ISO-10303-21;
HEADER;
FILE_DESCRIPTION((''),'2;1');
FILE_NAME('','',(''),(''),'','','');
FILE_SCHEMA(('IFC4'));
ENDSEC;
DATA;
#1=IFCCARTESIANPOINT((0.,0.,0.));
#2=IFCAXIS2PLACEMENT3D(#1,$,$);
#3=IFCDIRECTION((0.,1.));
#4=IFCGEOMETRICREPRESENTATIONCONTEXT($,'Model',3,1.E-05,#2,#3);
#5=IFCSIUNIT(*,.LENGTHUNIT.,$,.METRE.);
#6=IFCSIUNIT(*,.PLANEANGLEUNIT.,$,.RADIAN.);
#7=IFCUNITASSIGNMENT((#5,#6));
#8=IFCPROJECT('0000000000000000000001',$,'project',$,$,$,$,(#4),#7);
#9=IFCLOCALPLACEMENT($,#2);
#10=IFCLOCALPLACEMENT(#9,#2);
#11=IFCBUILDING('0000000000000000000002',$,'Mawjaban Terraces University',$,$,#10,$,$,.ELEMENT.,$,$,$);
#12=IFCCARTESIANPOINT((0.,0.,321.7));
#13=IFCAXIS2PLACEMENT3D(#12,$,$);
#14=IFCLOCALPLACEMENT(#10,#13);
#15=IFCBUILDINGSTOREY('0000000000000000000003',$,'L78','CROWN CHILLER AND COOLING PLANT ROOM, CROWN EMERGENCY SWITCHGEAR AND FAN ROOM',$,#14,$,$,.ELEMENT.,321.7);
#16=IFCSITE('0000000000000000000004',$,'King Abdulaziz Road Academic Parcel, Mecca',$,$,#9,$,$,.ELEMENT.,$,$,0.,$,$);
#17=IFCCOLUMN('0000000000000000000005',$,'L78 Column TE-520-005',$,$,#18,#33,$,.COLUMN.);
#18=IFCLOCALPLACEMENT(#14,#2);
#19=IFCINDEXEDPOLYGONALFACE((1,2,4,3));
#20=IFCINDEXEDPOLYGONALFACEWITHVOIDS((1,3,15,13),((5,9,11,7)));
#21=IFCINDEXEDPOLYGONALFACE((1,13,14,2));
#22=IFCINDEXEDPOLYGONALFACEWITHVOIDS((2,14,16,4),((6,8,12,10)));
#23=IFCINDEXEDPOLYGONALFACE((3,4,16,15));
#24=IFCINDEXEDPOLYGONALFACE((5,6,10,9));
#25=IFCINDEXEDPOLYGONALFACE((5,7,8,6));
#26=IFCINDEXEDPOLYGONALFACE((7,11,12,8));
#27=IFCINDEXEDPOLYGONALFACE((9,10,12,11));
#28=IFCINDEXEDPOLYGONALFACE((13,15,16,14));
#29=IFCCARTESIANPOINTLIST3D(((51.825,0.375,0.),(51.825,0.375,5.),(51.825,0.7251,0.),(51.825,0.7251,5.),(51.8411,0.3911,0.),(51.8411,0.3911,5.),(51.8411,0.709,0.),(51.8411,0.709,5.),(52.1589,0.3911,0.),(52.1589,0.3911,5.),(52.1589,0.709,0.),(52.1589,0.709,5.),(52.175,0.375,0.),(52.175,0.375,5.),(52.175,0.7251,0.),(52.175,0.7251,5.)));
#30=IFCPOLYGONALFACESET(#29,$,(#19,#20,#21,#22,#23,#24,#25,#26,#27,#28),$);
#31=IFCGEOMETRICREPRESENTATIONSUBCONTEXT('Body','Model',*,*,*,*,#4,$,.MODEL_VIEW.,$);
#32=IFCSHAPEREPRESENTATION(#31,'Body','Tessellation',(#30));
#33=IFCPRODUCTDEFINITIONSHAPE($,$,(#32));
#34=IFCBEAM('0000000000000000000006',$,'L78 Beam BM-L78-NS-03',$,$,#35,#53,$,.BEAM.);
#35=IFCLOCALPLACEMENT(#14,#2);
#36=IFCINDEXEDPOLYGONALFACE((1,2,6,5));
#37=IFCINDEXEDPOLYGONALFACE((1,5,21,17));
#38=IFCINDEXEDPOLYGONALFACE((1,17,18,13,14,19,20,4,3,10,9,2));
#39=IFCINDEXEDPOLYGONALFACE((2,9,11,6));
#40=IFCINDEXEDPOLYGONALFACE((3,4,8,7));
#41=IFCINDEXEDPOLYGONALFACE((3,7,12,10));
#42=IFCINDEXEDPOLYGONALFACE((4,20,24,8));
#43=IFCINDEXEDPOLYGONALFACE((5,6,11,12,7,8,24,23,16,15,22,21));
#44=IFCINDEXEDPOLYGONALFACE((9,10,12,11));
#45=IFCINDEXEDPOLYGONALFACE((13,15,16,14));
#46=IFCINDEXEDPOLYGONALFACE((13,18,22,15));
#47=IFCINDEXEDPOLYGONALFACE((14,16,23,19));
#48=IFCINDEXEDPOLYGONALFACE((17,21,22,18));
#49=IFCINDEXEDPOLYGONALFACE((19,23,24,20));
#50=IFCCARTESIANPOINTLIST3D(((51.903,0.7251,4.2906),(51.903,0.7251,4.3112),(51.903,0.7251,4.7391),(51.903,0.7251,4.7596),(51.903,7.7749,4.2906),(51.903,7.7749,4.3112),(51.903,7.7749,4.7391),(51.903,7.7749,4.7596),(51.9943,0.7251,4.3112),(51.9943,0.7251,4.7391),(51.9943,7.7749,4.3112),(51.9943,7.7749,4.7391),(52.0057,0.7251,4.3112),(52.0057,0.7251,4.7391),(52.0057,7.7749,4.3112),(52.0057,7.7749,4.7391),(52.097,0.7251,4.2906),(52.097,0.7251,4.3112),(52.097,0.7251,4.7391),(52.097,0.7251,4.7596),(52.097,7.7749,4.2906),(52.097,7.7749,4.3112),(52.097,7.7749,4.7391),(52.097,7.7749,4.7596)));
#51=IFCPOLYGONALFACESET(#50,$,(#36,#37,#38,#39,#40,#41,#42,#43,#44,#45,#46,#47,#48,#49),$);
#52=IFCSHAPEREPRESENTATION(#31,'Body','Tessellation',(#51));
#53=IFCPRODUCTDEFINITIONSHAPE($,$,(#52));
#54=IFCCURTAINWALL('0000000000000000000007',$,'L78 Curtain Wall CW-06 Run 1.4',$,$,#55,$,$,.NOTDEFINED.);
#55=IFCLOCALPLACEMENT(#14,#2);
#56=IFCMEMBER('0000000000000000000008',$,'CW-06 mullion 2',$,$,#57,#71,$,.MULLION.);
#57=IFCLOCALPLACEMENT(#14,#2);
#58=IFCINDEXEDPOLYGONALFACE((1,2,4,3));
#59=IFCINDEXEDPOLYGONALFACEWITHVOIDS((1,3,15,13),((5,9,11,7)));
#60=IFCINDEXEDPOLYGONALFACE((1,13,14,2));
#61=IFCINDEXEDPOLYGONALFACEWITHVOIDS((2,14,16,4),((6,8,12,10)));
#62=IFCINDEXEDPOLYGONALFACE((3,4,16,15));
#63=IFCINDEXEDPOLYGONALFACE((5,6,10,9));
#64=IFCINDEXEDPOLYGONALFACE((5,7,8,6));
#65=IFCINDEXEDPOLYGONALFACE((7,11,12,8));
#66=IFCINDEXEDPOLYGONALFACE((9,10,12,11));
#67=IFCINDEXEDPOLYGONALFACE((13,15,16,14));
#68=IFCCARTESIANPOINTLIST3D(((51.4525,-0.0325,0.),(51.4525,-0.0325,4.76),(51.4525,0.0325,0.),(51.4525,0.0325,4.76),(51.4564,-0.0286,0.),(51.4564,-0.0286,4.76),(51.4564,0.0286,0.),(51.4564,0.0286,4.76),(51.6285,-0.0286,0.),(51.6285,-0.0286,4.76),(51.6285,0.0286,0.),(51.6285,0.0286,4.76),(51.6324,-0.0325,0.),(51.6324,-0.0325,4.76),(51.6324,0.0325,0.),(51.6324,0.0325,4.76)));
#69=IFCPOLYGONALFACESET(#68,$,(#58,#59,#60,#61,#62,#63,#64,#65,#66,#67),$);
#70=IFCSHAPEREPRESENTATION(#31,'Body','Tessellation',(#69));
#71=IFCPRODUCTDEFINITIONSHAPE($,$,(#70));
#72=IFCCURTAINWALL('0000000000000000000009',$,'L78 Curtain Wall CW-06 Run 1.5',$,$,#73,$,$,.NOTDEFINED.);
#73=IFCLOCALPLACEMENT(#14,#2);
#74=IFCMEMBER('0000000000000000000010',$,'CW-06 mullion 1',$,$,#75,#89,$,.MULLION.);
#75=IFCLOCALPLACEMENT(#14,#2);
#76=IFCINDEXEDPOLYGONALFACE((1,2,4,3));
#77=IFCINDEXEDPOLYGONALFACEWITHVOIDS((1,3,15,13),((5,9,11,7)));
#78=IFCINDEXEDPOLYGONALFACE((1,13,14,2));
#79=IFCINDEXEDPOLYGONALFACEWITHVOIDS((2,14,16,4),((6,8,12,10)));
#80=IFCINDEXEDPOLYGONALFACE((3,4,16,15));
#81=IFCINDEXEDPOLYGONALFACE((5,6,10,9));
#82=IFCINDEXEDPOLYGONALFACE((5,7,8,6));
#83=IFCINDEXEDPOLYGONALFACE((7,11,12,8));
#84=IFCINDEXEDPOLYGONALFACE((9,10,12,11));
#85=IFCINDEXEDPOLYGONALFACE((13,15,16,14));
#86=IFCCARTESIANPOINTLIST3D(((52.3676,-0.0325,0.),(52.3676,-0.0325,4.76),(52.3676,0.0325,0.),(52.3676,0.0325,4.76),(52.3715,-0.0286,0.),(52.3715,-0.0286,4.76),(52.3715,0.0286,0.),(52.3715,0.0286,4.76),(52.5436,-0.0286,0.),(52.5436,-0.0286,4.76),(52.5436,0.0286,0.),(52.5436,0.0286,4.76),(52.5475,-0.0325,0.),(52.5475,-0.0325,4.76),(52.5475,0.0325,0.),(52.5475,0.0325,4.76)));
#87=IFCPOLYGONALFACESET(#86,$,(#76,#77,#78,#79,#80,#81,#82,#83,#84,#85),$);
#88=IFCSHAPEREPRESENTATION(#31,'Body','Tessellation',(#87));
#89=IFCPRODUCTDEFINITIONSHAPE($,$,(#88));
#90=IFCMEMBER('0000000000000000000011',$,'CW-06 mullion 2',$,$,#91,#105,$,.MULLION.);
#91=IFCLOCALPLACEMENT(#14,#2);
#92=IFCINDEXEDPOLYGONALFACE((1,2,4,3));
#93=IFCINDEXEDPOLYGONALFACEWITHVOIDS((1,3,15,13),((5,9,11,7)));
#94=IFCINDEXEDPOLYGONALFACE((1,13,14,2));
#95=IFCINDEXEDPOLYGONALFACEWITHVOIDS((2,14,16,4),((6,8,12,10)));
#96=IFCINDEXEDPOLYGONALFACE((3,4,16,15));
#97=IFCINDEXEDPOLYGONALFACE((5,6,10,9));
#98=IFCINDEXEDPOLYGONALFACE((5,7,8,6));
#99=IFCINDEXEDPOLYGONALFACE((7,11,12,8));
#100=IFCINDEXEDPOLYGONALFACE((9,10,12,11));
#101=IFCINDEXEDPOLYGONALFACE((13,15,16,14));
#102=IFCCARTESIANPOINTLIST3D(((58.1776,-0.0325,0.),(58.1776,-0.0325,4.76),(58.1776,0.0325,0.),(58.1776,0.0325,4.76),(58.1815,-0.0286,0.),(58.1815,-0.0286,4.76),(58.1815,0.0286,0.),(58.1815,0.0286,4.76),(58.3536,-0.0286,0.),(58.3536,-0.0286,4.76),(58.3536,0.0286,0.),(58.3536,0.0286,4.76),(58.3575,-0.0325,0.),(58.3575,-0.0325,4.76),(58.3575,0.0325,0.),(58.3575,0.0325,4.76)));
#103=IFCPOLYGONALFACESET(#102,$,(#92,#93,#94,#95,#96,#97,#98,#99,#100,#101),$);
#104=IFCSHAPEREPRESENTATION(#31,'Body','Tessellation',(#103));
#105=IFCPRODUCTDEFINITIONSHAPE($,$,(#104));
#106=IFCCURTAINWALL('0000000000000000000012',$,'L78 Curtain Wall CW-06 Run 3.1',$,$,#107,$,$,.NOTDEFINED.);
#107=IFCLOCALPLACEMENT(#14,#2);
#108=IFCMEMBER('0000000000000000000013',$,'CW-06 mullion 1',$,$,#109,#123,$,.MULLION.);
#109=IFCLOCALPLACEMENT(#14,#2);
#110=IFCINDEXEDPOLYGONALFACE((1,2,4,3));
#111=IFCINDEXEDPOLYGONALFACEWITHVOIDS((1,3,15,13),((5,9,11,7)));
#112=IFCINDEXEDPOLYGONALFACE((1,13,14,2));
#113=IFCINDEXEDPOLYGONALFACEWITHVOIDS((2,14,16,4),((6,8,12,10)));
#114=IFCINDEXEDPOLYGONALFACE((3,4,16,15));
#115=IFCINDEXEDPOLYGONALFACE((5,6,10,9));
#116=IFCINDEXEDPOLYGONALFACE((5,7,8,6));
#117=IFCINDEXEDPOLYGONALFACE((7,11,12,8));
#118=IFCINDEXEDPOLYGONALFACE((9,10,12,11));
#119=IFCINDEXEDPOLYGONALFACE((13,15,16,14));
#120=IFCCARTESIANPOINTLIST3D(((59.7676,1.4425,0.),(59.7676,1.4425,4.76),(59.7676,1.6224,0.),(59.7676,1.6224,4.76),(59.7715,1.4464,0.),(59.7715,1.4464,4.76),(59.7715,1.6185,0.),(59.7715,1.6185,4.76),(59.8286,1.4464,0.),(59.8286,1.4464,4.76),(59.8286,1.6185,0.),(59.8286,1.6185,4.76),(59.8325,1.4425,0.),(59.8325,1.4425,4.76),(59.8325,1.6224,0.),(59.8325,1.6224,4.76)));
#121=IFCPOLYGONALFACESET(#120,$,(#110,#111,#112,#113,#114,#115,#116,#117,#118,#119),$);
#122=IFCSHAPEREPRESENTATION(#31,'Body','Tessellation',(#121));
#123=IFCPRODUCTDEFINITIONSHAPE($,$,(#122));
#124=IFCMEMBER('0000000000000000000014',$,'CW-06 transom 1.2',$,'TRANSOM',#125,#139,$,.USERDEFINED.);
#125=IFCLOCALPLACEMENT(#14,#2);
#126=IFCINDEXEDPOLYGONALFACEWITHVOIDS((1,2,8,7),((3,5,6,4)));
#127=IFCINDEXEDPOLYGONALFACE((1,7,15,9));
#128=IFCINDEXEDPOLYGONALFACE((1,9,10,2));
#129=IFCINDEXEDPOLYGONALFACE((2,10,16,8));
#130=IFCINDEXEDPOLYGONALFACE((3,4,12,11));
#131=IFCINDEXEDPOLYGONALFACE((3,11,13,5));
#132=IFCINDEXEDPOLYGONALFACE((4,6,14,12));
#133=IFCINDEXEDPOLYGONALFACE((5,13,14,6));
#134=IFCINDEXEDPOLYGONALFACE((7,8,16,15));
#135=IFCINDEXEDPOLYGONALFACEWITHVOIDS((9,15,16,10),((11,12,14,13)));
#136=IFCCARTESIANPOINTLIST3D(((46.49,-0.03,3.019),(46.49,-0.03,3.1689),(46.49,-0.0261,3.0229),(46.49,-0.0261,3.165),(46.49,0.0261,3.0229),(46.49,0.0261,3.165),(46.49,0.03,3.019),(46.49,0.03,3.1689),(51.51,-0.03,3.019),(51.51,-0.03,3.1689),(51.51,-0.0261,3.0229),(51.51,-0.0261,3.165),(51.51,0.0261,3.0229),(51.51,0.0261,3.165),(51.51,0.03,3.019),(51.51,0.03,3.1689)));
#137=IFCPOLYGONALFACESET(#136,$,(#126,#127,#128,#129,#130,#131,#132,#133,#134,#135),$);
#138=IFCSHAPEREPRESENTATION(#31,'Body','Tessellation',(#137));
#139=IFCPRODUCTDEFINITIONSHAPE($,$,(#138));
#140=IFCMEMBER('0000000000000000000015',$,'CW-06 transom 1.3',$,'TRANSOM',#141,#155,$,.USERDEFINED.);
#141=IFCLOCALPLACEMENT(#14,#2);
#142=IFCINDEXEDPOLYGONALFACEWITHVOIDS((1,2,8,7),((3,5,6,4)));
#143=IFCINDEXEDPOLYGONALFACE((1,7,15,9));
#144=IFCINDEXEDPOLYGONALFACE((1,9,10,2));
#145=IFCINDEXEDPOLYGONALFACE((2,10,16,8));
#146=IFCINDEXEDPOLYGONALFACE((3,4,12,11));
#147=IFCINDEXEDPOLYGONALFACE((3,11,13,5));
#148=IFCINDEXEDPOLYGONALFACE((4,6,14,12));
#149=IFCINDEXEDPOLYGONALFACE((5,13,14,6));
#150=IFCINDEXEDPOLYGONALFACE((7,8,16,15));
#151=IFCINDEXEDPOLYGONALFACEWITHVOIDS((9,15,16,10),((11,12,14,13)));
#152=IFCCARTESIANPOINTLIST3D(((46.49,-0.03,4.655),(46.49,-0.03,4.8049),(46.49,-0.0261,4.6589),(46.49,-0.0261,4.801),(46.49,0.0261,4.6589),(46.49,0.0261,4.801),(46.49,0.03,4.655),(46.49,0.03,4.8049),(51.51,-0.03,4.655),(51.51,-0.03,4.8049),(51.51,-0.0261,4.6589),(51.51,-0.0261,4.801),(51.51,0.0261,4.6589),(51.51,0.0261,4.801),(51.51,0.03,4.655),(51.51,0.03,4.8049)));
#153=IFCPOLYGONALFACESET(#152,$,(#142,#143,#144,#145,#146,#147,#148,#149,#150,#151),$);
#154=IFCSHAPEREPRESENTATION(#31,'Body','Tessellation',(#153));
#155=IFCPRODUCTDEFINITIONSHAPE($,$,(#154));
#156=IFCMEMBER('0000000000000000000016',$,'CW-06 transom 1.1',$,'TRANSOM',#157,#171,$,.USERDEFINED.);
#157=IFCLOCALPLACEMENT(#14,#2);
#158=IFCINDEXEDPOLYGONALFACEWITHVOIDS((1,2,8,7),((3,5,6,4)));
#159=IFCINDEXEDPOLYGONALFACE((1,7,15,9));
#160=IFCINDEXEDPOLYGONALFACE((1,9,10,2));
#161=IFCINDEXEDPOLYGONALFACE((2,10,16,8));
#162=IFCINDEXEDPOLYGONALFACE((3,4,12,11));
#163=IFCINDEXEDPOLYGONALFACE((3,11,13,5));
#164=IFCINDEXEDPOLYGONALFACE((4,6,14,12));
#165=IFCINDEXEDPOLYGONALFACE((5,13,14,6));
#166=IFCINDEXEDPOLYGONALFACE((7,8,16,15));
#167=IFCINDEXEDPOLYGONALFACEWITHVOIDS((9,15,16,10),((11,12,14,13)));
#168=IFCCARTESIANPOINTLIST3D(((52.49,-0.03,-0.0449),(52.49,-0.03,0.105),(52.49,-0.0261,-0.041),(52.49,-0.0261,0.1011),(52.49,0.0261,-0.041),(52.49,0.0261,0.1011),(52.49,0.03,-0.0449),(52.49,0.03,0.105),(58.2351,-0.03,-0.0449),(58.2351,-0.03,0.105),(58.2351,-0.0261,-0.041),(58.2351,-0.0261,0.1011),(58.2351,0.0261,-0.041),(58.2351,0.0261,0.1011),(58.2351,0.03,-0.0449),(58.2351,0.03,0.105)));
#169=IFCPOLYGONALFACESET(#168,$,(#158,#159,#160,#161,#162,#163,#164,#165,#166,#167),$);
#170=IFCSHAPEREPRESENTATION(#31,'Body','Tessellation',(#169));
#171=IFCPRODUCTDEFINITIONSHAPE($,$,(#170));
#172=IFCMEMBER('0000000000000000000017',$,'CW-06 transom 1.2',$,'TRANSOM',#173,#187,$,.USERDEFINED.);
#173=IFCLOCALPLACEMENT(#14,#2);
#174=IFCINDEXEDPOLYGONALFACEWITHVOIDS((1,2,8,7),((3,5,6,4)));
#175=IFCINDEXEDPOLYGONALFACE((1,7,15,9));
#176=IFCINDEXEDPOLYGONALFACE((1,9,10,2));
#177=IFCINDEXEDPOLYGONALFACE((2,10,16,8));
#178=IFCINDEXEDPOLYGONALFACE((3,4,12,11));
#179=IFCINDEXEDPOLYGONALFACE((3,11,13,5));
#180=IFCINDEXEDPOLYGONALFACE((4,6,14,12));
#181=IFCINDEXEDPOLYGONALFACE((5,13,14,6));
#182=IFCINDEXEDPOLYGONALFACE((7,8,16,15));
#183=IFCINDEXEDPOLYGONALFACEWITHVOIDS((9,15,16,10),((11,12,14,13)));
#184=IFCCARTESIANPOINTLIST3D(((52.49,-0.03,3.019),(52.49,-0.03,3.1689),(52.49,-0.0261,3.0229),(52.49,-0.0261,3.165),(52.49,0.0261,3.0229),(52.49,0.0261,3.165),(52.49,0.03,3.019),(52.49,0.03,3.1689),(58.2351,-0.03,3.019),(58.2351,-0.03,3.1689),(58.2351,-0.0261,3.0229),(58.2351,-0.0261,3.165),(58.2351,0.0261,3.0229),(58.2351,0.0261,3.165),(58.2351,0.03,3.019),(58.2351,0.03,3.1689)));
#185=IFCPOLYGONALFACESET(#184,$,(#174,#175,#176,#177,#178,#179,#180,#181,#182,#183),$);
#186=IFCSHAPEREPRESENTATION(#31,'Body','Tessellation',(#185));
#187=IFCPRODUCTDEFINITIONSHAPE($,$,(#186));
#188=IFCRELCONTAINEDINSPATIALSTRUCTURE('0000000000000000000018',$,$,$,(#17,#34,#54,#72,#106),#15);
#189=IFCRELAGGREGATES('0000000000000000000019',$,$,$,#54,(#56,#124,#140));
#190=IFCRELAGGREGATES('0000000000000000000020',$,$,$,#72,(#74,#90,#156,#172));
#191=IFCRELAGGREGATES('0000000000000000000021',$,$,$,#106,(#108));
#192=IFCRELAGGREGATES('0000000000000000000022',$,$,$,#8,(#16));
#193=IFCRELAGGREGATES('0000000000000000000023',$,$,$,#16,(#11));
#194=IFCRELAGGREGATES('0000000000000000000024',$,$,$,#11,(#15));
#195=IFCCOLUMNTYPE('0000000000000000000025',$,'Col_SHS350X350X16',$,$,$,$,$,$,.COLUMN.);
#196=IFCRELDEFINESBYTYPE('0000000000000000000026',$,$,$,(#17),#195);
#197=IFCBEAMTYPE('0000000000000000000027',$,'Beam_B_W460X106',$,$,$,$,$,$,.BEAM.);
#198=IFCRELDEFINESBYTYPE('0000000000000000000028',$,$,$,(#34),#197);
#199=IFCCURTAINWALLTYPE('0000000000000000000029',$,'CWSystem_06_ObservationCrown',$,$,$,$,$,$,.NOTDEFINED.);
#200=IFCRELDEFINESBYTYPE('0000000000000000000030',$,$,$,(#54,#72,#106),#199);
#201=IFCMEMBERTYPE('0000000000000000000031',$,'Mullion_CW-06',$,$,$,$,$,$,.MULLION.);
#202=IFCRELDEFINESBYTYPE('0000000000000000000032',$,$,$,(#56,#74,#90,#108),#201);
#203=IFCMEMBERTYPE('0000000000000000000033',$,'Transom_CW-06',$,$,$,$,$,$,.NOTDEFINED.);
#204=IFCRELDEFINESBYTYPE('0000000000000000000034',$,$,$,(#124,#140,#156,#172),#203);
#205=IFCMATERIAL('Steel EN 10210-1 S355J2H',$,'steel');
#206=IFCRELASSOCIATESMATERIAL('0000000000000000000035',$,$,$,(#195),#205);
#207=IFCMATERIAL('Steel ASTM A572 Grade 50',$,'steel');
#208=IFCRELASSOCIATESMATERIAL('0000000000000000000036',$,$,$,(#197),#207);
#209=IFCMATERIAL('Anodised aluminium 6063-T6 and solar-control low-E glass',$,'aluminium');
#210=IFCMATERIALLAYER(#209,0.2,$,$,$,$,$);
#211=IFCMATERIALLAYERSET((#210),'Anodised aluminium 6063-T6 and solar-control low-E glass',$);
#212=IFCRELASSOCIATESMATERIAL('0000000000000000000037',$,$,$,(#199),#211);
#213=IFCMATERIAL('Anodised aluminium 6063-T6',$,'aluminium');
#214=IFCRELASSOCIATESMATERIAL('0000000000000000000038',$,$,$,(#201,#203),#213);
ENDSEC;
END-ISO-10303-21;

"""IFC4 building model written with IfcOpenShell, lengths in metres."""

from ifc_helpers import new_model, si_unit, direction, frame, origin, origin_2d, place, context, subcontext, project, spatial, hollow_rectangle, i_section, extrude, material, layer, layer_set, material_profile, profile_set, type_object, element, aggregate, save


model = new_model("IFC4")

# Units and contexts
model_context = context("Model", 3, precision=1e-05, world=origin(), true_north=direction((0.0, 1.0)))
body_context = subcontext(model_context, "Body", "Model", "MODEL_VIEW")
ifc_project = project(units=[si_unit("LENGTHUNIT", "METRE"), si_unit("PLANEANGLEUNIT", "RADIAN")], contexts=[model_context])

# Site, building, storey
site_placement = place(None, origin())
site = spatial("IfcSite", under=ifc_project, at=site_placement, Name="King Abdulaziz Road Academic Parcel, Mecca", CompositionType="ELEMENT", RefElevation=0.0)
building_placement = place(site_placement, origin())
building = spatial("IfcBuilding", under=site, at=building_placement, Name="Mawjaban Terraces University", CompositionType="ELEMENT")
storey_placement = place(building_placement, frame((0.0, 0.0, 321.7)))
storey = spatial("IfcBuildingStorey", under=building, at=storey_placement, Name="L78", Description="CROWN CHILLER AND COOLING PLANT ROOM, CROWN EMERGENCY SWITCHGEAR AND FAN ROOM", CompositionType="ELEMENT", Elevation=321.7)

# Column
ifc_material_1 = material(Name="Steel EN 10210-1 S355J2H", Category="steel")
ifc_material_profile_1 = material_profile(ifc_material_1, hollow_rectangle(XDim=0.3501, YDim=0.3501, WallThickness=0.0161, at=origin_2d()), Name="SHS350X350X16")
ifc_profile_set_1 = profile_set([ifc_material_profile_1], Name="Steel EN 10210-1 S355J2H")
column_type = type_object("IfcColumnType", Name="Col_SHS350X350X16", PredefinedType="COLUMN", material=ifc_profile_set_1)
column_placement = place(storey_placement, frame((52.0, 0.55, 0.0), z_axis=(0.0, 0.0, 1.0), x_axis=(1.0, 0.0, 0.0)))
element("IfcColumn", 1, at=column_placement, inside=storey, type_object=column_type, Name="L78 Column TE-520-005", PredefinedType="COLUMN", context=body_context, shape_type="SweptSolid", body=[
    extrude(hollow_rectangle(XDim=0.3501, YDim=0.3501, WallThickness=0.0161, at=origin_2d()), origin(), (0.0, 0.0, 1.0), 5.0),
])

# Beam
ifc_material_2 = material(Name="Steel ASTM A572 Grade 50", Category="steel")
ifc_material_profile_2 = material_profile(ifc_material_2, i_section(OverallWidth=0.1941, OverallDepth=0.469, WebThickness=0.0115, FlangeThickness=0.0205, at=origin_2d()), Name="W460X106")
ifc_profile_set_2 = profile_set([ifc_material_profile_2], Name="Steel ASTM A572 Grade 50")
beam_type = type_object("IfcBeamType", Name="Beam_B_W460X106", PredefinedType="BEAM", material=ifc_profile_set_2)
beam_placement = place(storey_placement, frame((52.0, 0.7251, 4.5251), z_axis=(0.0, 1.0, 0.0), x_axis=(-1.0, 0.0, 0.0)))
element("IfcBeam", 2, at=beam_placement, inside=storey, type_object=beam_type, Name="L78 Beam BM-L78-NS-03", PredefinedType="BEAM", context=body_context, shape_type="SweptSolid", body=[
    extrude(i_section(OverallWidth=0.1941, OverallDepth=0.469, WebThickness=0.0115, FlangeThickness=0.0205, at=origin_2d()), origin(), (0.0, 0.0, 1.0), 7.0498),
])

# Curtain wall, member
ifc_material_3 = material(Name="Anodised aluminium 6063-T6 and solar-control low-E glass", Category="aluminium")
ifc_layer_1 = layer(ifc_material_3, 0.2)
ifc_layer_set_1 = layer_set([ifc_layer_1], Name="Anodised aluminium 6063-T6 and solar-control low-E glass")
curtain_wall_type = type_object("IfcCurtainWallType", Name="CWSystem_06_ObservationCrown", PredefinedType="NOTDEFINED", material=ifc_layer_set_1)
curtain_wall_1_placement = place(storey_placement, origin())
curtain_wall_1 = element("IfcCurtainWall", 3, at=curtain_wall_1_placement, inside=storey, type_object=curtain_wall_type, Name="L78 Curtain Wall CW-06 Run 1.4", PredefinedType="NOTDEFINED")
ifc_material_4 = material(Name="Anodised aluminium 6063-T6", Category="aluminium")
ifc_material_profile_3 = material_profile(ifc_material_4, hollow_rectangle(XDim=0.0649, YDim=0.1799, WallThickness=0.0039, at=origin_2d()), Name="ALU180X65X4")
ifc_profile_set_3 = profile_set([ifc_material_profile_3], Name="Anodised aluminium 6063-T6")
member_type_1 = type_object("IfcMemberType", Name="Mullion_CW-06", PredefinedType="MULLION", material=ifc_profile_set_3)
member_1_placement = place(storey_placement, frame((51.5425, 0.0, 0.0), z_axis=(0.0, 0.0, 1.0), x_axis=(0.0, 1.0, 0.0)))
member_1 = element("IfcMember", 4, at=member_1_placement, type_object=member_type_1, Name="CW-06 mullion 2", PredefinedType="MULLION", context=body_context, shape_type="SweptSolid", body=[
    extrude(hollow_rectangle(XDim=0.0649, YDim=0.1799, WallThickness=0.0039, at=origin_2d()), origin(), (0.0, 0.0, 1.0), 4.76),
])

# Curtain wall, members
curtain_wall_2_placement = place(storey_placement, origin())
curtain_wall_2 = element("IfcCurtainWall", 5, at=curtain_wall_2_placement, inside=storey, type_object=curtain_wall_type, Name="L78 Curtain Wall CW-06 Run 1.5", PredefinedType="NOTDEFINED")
member_2_placement = place(storey_placement, frame((52.4575, 0.0, 0.0), z_axis=(0.0, 0.0, 1.0), x_axis=(0.0, 1.0, 0.0)))
member_2 = element("IfcMember", 6, at=member_2_placement, type_object=member_type_1, Name="CW-06 mullion 1", PredefinedType="MULLION", context=body_context, shape_type="SweptSolid", body=[
    extrude(hollow_rectangle(XDim=0.0649, YDim=0.1799, WallThickness=0.0039, at=origin_2d()), origin(), (0.0, 0.0, 1.0), 4.76),
])
member_3_placement = place(storey_placement, frame((58.2676, 0.0, 0.0), z_axis=(0.0, 0.0, 1.0), x_axis=(0.0, 1.0, 0.0)))
member_3 = element("IfcMember", 7, at=member_3_placement, type_object=member_type_1, Name="CW-06 mullion 2", PredefinedType="MULLION", context=body_context, shape_type="SweptSolid", body=[
    extrude(hollow_rectangle(XDim=0.0649, YDim=0.1799, WallThickness=0.0039, at=origin_2d()), origin(), (0.0, 0.0, 1.0), 4.76),
])

# Curtain wall, member
curtain_wall_3_placement = place(storey_placement, origin())
curtain_wall_3 = element("IfcCurtainWall", 8, at=curtain_wall_3_placement, inside=storey, type_object=curtain_wall_type, Name="L78 Curtain Wall CW-06 Run 3.1", PredefinedType="NOTDEFINED")
member_4_placement = place(storey_placement, frame((59.8, 1.5325, 0.0), z_axis=(0.0, 0.0, 1.0), x_axis=(-1.0, 0.0, 0.0)))
member_4 = element("IfcMember", 9, at=member_4_placement, type_object=member_type_1, Name="CW-06 mullion 1", PredefinedType="MULLION", context=body_context, shape_type="SweptSolid", body=[
    extrude(hollow_rectangle(XDim=0.0649, YDim=0.1799, WallThickness=0.0039, at=origin_2d()), origin(), (0.0, 0.0, 1.0), 4.76),
])

# Members
ifc_material_profile_4 = material_profile(ifc_material_4, hollow_rectangle(XDim=0.0601, YDim=0.1499, WallThickness=0.0039, at=origin_2d()), Name="ALU150X60X4")
ifc_profile_set_4 = profile_set([ifc_material_profile_4], Name="Anodised aluminium 6063-T6")
member_type_2 = type_object("IfcMemberType", Name="Transom_CW-06", PredefinedType="NOTDEFINED", material=ifc_profile_set_4)
member_5_placement = place(storey_placement, frame((46.49, 0.0, 3.094), z_axis=(1.0, 0.0, 0.0), x_axis=(0.0, 1.0, 0.0)))
member_5 = element("IfcMember", 10, at=member_5_placement, type_object=member_type_2, Name="CW-06 transom 1.2", ObjectType="TRANSOM", PredefinedType="USERDEFINED", context=body_context, shape_type="SweptSolid", body=[
    extrude(hollow_rectangle(XDim=0.0601, YDim=0.1499, WallThickness=0.0039, at=origin_2d()), origin(), (0.0, 0.0, 1.0), 5.02),
])
member_6_placement = place(storey_placement, frame((46.49, 0.0, 4.73), z_axis=(1.0, 0.0, 0.0), x_axis=(0.0, 1.0, 0.0)))
member_6 = element("IfcMember", 11, at=member_6_placement, type_object=member_type_2, Name="CW-06 transom 1.3", ObjectType="TRANSOM", PredefinedType="USERDEFINED", context=body_context, shape_type="SweptSolid", body=[
    extrude(hollow_rectangle(XDim=0.0601, YDim=0.1499, WallThickness=0.0039, at=origin_2d()), origin(), (0.0, 0.0, 1.0), 5.02),
])
member_7_placement = place(storey_placement, frame((52.49, 0.0, 0.03), z_axis=(1.0, 0.0, 0.0), x_axis=(0.0, 1.0, 0.0)))
member_7 = element("IfcMember", 12, at=member_7_placement, type_object=member_type_2, Name="CW-06 transom 1.1", ObjectType="TRANSOM", PredefinedType="USERDEFINED", context=body_context, shape_type="SweptSolid", body=[
    extrude(hollow_rectangle(XDim=0.0601, YDim=0.1499, WallThickness=0.0039, at=origin_2d()), origin(), (0.0, 0.0, 1.0), 5.7451),
])
member_8_placement = place(storey_placement, frame((52.49, 0.0, 3.094), z_axis=(1.0, 0.0, 0.0), x_axis=(0.0, 1.0, 0.0)))
member_8 = element("IfcMember", 13, at=member_8_placement, type_object=member_type_2, Name="CW-06 transom 1.2", ObjectType="TRANSOM", PredefinedType="USERDEFINED", context=body_context, shape_type="SweptSolid", body=[
    extrude(hollow_rectangle(XDim=0.0601, YDim=0.1499, WallThickness=0.0039, at=origin_2d()), origin(), (0.0, 0.0, 1.0), 5.7451),
])

aggregate(curtain_wall_1, [member_1, member_5, member_6])
aggregate(curtain_wall_2, [member_2, member_3, member_7, member_8])
aggregate(curtain_wall_3, [member_4])

save(model, "model.ifc")
